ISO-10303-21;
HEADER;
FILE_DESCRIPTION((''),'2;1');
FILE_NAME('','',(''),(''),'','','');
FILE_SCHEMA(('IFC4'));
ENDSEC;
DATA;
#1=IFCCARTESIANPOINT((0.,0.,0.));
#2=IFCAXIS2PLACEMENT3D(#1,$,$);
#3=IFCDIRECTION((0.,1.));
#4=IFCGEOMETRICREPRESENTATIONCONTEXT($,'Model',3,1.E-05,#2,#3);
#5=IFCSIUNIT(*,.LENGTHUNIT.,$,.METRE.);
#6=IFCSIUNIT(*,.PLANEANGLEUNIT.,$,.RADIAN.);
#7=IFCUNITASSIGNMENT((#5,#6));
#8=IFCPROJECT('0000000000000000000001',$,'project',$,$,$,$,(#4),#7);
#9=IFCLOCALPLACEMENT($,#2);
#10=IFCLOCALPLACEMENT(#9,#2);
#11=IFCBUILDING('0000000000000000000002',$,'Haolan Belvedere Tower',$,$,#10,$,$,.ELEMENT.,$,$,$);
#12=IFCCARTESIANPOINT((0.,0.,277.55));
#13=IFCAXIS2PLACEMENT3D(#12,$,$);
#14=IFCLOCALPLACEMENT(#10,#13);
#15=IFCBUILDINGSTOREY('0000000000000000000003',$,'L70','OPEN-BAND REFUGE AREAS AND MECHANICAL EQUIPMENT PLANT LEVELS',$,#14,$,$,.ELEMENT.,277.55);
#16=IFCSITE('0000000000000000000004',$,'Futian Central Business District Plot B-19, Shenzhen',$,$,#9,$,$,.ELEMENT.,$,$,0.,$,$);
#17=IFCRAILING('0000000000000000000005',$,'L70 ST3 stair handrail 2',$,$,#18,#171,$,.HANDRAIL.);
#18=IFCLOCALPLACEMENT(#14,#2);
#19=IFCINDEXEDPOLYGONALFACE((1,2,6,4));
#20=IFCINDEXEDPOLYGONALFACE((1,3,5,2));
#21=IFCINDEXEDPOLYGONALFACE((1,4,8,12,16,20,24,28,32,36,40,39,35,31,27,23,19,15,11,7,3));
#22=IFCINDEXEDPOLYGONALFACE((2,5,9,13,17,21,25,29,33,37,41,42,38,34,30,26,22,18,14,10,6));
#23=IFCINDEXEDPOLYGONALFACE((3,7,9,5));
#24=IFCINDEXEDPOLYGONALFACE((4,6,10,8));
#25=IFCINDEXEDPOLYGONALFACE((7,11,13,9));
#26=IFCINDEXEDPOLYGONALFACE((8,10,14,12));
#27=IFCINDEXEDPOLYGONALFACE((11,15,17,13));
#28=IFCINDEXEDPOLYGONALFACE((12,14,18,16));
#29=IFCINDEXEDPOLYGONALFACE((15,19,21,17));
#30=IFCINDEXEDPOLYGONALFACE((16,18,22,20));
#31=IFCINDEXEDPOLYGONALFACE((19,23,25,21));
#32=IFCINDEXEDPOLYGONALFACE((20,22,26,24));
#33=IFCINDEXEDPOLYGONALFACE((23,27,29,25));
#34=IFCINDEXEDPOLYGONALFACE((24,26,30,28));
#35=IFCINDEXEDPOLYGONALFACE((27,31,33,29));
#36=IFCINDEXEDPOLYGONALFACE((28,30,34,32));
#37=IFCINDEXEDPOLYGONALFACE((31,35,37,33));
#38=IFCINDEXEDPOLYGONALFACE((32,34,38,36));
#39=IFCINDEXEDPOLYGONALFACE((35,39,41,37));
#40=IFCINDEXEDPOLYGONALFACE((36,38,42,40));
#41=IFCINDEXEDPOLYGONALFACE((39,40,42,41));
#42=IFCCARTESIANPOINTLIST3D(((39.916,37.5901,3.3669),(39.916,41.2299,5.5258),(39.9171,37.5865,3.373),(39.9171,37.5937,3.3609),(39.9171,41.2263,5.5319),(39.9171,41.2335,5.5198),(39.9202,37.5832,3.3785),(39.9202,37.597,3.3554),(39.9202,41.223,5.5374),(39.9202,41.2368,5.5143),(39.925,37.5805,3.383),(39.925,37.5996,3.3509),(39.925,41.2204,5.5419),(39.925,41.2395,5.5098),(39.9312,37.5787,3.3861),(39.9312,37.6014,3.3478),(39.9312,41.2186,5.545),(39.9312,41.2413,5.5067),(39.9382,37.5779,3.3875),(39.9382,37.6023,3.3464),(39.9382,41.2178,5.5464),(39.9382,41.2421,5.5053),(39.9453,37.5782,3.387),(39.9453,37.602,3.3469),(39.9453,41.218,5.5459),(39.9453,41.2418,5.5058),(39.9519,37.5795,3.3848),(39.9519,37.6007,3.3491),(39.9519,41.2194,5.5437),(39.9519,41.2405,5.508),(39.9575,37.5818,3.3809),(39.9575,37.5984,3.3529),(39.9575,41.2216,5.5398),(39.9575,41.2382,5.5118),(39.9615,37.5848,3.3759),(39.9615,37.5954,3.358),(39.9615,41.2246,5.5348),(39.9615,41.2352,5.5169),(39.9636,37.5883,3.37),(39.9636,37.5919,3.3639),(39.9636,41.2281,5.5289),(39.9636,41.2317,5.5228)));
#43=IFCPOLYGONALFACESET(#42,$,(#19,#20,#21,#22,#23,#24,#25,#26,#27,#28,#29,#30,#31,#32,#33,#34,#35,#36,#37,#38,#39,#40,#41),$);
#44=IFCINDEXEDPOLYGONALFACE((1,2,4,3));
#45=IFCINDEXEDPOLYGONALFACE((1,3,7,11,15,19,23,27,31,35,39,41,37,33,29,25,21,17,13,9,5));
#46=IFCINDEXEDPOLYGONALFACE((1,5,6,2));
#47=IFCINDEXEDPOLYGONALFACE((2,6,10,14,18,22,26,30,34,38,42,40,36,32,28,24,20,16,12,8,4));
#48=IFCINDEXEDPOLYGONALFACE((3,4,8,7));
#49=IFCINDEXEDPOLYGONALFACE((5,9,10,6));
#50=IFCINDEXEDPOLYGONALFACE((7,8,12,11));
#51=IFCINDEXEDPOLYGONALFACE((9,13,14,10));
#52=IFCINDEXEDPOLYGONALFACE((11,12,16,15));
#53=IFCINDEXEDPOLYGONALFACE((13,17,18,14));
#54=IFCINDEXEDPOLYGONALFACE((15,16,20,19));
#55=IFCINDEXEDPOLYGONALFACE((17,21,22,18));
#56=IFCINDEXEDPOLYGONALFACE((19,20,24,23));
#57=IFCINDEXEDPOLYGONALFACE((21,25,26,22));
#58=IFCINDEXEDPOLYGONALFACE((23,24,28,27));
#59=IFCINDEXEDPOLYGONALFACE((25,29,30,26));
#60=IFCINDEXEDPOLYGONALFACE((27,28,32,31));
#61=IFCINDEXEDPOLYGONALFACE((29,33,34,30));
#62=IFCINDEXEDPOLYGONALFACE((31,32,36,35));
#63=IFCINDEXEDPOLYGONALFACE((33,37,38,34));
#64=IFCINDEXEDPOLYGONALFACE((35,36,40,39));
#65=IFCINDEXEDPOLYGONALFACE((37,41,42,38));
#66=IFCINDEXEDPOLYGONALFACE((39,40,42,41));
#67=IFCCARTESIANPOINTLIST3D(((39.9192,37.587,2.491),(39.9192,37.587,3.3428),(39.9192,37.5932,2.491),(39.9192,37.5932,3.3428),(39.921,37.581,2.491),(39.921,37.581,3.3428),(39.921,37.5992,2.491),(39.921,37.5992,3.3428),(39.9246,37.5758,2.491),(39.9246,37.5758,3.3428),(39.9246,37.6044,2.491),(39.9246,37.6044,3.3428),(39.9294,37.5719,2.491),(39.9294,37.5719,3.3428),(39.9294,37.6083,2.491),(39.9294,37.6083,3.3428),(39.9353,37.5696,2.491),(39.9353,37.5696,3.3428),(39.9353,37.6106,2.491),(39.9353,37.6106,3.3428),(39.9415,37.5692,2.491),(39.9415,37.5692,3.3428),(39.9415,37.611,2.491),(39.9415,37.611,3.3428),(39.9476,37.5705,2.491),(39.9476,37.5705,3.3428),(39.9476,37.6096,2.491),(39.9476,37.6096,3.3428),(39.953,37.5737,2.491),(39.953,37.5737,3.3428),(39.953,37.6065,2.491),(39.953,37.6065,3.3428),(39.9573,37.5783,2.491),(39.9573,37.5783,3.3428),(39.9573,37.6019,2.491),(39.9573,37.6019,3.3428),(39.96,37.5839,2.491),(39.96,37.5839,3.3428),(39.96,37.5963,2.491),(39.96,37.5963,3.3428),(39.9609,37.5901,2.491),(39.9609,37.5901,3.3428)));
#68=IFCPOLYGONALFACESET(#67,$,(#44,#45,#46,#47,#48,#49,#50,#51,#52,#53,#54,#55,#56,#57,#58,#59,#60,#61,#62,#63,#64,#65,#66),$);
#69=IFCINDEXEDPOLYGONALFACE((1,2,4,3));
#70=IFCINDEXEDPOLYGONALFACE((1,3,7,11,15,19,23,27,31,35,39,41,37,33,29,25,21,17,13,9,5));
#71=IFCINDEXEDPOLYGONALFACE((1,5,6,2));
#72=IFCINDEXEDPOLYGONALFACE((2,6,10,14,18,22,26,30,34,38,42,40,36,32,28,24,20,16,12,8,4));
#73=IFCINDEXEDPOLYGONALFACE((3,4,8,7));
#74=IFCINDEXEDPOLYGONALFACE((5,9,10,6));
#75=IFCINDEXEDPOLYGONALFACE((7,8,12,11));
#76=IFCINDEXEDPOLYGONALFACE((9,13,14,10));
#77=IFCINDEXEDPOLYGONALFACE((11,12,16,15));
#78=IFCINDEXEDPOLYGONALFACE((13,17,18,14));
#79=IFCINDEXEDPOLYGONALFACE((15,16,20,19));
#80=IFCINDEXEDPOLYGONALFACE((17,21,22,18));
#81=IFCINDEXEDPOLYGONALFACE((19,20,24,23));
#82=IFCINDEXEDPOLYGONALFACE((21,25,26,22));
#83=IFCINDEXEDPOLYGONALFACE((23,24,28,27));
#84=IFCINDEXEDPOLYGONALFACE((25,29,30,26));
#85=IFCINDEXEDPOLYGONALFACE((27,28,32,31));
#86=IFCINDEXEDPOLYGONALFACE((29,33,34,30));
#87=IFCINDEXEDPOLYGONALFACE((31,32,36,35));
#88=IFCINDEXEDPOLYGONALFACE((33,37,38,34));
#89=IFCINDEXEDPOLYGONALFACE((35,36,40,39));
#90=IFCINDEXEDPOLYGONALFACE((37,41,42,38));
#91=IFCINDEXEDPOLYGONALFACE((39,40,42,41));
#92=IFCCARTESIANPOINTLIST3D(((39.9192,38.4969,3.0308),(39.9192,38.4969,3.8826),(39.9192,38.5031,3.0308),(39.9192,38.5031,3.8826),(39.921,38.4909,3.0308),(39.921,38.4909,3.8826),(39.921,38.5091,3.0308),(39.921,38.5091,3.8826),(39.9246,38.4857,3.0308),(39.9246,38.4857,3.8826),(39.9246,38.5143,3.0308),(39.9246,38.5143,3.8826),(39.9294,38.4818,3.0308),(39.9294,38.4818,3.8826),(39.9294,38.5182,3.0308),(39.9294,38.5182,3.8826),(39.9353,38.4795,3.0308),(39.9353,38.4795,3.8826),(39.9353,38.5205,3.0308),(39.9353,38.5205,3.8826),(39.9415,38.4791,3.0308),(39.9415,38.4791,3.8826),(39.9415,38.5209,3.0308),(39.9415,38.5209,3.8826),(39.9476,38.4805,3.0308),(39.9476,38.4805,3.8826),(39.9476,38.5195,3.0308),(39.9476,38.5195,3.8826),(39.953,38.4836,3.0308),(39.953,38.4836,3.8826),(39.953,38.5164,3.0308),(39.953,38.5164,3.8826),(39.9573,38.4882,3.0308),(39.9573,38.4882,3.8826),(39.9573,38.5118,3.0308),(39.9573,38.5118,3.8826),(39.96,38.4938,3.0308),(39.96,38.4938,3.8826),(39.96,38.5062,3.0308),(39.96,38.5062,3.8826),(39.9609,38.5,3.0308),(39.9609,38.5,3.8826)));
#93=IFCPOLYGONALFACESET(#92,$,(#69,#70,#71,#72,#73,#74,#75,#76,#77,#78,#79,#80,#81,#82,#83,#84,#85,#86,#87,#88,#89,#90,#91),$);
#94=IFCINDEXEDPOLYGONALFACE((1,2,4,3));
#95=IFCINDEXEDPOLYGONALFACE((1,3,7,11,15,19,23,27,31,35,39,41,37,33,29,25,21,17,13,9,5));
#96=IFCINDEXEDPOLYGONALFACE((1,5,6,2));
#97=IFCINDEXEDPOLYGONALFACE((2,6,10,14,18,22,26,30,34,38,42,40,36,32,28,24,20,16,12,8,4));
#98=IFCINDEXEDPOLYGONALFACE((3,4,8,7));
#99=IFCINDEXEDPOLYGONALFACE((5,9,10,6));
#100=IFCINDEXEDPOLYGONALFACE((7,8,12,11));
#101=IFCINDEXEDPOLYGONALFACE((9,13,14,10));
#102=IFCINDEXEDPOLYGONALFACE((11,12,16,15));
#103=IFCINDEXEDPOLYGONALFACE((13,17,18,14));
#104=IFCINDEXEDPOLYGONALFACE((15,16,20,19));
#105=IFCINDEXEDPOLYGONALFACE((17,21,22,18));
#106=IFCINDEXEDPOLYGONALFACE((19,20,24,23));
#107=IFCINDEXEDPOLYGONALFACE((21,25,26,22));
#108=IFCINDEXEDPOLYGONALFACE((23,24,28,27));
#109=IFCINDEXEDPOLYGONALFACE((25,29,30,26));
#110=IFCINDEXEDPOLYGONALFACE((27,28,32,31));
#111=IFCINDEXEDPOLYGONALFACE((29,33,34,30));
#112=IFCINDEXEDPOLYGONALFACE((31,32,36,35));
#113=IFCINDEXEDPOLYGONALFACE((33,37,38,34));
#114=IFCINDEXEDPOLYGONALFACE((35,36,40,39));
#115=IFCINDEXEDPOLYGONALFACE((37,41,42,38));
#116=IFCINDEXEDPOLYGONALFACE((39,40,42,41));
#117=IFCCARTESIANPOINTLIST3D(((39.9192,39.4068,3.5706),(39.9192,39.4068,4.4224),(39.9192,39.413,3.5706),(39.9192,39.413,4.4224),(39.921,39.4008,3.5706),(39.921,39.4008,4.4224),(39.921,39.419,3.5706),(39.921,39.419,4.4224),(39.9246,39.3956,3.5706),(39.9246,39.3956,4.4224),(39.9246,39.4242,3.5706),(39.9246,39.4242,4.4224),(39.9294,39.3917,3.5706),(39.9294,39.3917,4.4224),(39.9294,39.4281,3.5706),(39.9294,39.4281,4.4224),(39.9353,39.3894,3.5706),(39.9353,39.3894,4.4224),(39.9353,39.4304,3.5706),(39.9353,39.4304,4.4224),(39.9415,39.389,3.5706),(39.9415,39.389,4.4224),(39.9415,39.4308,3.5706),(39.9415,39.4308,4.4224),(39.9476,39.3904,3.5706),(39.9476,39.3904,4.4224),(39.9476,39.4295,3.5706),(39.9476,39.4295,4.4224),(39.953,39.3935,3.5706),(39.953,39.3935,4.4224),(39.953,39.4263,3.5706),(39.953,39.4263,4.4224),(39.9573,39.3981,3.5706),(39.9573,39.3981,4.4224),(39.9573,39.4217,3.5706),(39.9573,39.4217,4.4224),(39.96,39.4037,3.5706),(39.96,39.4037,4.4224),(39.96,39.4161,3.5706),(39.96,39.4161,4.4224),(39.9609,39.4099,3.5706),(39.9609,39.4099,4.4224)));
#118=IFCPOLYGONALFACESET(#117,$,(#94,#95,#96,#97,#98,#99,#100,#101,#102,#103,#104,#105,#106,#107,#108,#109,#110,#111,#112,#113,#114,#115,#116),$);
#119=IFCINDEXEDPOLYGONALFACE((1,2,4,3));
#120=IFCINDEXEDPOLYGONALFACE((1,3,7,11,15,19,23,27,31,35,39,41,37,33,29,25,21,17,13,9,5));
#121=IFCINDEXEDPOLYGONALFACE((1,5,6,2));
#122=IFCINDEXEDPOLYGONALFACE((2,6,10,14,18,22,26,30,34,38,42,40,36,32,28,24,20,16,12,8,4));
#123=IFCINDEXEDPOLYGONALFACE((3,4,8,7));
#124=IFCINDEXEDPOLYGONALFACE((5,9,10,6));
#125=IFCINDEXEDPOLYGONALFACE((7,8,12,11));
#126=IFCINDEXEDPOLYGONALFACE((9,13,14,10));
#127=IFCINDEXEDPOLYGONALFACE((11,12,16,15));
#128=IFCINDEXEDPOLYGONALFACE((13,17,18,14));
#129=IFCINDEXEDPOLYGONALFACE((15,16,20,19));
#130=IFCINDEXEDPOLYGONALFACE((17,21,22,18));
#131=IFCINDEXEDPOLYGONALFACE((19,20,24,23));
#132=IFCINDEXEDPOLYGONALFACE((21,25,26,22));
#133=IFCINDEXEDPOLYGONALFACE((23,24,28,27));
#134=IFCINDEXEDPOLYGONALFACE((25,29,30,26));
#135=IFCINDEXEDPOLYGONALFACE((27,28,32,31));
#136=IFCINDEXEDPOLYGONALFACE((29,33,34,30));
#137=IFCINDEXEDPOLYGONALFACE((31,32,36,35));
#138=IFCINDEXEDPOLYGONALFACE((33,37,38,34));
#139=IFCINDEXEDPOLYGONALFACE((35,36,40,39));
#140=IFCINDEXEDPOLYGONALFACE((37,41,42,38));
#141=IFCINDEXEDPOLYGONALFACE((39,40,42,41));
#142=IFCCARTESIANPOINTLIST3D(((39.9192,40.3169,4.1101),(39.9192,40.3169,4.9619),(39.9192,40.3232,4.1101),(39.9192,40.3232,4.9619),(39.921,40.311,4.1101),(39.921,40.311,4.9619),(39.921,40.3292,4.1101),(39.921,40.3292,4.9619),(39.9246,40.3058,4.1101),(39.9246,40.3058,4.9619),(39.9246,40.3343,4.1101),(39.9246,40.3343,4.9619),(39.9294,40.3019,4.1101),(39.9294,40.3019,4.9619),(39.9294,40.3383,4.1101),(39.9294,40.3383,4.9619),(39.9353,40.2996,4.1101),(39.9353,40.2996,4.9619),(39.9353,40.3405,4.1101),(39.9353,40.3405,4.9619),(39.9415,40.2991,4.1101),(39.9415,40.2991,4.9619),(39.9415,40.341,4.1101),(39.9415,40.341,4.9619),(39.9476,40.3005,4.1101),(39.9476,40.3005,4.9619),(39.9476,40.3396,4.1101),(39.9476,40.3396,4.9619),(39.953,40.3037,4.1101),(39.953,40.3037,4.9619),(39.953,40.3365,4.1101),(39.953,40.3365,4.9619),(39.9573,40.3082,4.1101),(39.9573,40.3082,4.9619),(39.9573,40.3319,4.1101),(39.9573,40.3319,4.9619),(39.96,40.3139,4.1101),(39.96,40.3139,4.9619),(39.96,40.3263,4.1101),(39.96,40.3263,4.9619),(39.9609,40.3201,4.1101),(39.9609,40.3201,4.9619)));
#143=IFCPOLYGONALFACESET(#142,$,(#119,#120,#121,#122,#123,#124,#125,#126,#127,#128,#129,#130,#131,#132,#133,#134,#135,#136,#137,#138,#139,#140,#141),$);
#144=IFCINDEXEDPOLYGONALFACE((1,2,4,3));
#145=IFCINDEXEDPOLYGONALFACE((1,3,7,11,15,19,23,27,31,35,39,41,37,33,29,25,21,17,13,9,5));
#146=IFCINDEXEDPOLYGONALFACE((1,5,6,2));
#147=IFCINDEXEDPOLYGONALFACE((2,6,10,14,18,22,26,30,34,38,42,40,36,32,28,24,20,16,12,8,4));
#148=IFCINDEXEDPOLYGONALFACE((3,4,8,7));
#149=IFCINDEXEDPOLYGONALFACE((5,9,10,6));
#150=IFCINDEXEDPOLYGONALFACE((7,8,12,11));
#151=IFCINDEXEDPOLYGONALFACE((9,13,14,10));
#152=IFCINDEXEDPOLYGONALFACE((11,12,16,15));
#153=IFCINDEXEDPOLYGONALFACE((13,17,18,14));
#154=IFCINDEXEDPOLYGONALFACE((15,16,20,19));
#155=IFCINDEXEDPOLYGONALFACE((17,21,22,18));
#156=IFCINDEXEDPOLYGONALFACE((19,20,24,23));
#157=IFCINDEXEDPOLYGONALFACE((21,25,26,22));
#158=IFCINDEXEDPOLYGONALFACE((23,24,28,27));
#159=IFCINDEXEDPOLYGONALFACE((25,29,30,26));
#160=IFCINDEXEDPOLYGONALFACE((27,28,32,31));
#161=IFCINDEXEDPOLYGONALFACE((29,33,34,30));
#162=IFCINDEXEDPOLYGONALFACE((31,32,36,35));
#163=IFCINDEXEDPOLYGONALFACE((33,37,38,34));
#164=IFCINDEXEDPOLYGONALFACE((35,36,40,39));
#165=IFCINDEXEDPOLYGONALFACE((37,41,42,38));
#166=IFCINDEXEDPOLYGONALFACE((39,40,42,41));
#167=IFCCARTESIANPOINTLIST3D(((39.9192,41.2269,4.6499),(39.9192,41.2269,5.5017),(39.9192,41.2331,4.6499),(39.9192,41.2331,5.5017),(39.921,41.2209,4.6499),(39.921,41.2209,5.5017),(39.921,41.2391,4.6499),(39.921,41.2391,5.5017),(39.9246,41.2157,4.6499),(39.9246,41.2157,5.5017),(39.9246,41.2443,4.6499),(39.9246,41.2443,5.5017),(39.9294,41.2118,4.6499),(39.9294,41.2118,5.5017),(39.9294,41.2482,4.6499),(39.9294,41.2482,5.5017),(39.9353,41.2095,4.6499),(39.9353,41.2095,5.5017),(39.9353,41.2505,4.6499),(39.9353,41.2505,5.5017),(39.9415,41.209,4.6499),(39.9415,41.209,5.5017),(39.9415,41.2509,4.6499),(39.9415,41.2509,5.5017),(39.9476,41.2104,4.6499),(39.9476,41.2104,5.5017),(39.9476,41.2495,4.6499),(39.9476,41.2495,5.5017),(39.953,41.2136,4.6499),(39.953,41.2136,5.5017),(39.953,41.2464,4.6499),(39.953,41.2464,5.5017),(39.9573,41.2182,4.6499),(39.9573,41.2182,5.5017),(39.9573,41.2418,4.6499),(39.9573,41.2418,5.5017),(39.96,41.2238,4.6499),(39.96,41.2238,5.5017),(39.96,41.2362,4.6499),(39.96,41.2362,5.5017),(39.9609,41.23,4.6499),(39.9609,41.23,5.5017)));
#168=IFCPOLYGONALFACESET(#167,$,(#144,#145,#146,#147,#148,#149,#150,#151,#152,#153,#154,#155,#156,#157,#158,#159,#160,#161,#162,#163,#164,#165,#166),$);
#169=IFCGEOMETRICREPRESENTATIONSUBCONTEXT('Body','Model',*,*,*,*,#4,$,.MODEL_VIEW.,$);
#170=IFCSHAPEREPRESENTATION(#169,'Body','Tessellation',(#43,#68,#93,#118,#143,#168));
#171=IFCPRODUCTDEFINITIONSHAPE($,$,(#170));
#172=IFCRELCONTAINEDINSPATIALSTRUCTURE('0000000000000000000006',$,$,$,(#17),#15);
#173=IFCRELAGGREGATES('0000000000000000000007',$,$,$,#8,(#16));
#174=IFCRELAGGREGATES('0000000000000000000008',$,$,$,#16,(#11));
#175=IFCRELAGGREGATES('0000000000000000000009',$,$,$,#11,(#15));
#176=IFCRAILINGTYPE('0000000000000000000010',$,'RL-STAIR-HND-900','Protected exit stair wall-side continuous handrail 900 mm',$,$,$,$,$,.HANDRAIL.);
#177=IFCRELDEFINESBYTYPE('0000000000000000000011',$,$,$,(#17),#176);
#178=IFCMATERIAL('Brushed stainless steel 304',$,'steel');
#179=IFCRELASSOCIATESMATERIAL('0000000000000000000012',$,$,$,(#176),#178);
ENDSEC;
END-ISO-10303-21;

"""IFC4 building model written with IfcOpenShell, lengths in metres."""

from ifc_helpers import new_model, si_unit, direction, frame, origin, origin_2d, place, context, subcontext, project, spatial, circle, extrude, material, type_object, element, save


model = new_model("IFC4")

# Units and contexts
model_context = context("Model", 3, precision=1e-05, world=origin(), true_north=direction((0.0, 1.0)))
body_context = subcontext(model_context, "Body", "Model", "MODEL_VIEW")
ifc_project = project(units=[si_unit("LENGTHUNIT", "METRE"), si_unit("PLANEANGLEUNIT", "RADIAN")], contexts=[model_context])

# Site, building, storey
site_placement = place(None, origin())
site = spatial("IfcSite", under=ifc_project, at=site_placement, Name="Futian Central Business District Plot B-19, Shenzhen", CompositionType="ELEMENT", RefElevation=0.0)
building_placement = place(site_placement, origin())
building = spatial("IfcBuilding", under=site, at=building_placement, Name="Haolan Belvedere Tower", CompositionType="ELEMENT")
storey_placement = place(building_placement, frame((0.0, 0.0, 277.55)))
storey = spatial("IfcBuildingStorey", under=building, at=storey_placement, Name="L70", Description="OPEN-BAND REFUGE AREAS AND MECHANICAL EQUIPMENT PLANT LEVELS", CompositionType="ELEMENT", Elevation=277.55)

# Railing
ifc_material_1 = material(Name="Brushed stainless steel 304", Category="steel")
railing_type_1 = type_object("IfcRailingType", Name="RL-STAIR-HND-900", Description="Protected exit stair wall-side continuous handrail 900 mm", PredefinedType="HANDRAIL", material=ifc_material_1)
for number, where, name in (
    (1, (39.9399, 37.5901, 2.491), "L70 ST3 stair handrail 2"),
):
    element("IfcRailing", number, at=place(storey_placement, frame(where)), inside=storey, type_object=railing_type_1, Name=name, PredefinedType="HANDRAIL", context=body_context, shape_type="SweptSolid", body=[
        extrude(circle(Radius=0.0239, at=origin_2d()), frame((0.0, 0.0, 0.876), z_axis=(0.0, 0.860088, 0.510145), x_axis=(-1.0, 0.0, 0.0)), (0.0, 0.0, 1.0), 4.2319),
        extrude(circle(Radius=0.021, at=origin_2d()), origin(), (0.0, 0.0, 1.0), 0.8518),
        extrude(circle(Radius=0.021, at=origin_2d()), frame((0.0, 0.9099, 0.5398)), (0.0, 0.0, 1.0), 0.8518),
        extrude(circle(Radius=0.021, at=origin_2d()), frame((0.0, 1.8198, 1.0796)), (0.0, 0.0, 1.0), 0.8518),
        extrude(circle(Radius=0.021, at=origin_2d()), frame((0.0, 2.73, 1.6191)), (0.0, 0.0, 1.0), 0.8518),
        extrude(circle(Radius=0.021, at=origin_2d()), frame((0.0, 3.6399, 2.1589)), (0.0, 0.0, 1.0), 0.8518),
    ])

save(model, "model.ifc")
